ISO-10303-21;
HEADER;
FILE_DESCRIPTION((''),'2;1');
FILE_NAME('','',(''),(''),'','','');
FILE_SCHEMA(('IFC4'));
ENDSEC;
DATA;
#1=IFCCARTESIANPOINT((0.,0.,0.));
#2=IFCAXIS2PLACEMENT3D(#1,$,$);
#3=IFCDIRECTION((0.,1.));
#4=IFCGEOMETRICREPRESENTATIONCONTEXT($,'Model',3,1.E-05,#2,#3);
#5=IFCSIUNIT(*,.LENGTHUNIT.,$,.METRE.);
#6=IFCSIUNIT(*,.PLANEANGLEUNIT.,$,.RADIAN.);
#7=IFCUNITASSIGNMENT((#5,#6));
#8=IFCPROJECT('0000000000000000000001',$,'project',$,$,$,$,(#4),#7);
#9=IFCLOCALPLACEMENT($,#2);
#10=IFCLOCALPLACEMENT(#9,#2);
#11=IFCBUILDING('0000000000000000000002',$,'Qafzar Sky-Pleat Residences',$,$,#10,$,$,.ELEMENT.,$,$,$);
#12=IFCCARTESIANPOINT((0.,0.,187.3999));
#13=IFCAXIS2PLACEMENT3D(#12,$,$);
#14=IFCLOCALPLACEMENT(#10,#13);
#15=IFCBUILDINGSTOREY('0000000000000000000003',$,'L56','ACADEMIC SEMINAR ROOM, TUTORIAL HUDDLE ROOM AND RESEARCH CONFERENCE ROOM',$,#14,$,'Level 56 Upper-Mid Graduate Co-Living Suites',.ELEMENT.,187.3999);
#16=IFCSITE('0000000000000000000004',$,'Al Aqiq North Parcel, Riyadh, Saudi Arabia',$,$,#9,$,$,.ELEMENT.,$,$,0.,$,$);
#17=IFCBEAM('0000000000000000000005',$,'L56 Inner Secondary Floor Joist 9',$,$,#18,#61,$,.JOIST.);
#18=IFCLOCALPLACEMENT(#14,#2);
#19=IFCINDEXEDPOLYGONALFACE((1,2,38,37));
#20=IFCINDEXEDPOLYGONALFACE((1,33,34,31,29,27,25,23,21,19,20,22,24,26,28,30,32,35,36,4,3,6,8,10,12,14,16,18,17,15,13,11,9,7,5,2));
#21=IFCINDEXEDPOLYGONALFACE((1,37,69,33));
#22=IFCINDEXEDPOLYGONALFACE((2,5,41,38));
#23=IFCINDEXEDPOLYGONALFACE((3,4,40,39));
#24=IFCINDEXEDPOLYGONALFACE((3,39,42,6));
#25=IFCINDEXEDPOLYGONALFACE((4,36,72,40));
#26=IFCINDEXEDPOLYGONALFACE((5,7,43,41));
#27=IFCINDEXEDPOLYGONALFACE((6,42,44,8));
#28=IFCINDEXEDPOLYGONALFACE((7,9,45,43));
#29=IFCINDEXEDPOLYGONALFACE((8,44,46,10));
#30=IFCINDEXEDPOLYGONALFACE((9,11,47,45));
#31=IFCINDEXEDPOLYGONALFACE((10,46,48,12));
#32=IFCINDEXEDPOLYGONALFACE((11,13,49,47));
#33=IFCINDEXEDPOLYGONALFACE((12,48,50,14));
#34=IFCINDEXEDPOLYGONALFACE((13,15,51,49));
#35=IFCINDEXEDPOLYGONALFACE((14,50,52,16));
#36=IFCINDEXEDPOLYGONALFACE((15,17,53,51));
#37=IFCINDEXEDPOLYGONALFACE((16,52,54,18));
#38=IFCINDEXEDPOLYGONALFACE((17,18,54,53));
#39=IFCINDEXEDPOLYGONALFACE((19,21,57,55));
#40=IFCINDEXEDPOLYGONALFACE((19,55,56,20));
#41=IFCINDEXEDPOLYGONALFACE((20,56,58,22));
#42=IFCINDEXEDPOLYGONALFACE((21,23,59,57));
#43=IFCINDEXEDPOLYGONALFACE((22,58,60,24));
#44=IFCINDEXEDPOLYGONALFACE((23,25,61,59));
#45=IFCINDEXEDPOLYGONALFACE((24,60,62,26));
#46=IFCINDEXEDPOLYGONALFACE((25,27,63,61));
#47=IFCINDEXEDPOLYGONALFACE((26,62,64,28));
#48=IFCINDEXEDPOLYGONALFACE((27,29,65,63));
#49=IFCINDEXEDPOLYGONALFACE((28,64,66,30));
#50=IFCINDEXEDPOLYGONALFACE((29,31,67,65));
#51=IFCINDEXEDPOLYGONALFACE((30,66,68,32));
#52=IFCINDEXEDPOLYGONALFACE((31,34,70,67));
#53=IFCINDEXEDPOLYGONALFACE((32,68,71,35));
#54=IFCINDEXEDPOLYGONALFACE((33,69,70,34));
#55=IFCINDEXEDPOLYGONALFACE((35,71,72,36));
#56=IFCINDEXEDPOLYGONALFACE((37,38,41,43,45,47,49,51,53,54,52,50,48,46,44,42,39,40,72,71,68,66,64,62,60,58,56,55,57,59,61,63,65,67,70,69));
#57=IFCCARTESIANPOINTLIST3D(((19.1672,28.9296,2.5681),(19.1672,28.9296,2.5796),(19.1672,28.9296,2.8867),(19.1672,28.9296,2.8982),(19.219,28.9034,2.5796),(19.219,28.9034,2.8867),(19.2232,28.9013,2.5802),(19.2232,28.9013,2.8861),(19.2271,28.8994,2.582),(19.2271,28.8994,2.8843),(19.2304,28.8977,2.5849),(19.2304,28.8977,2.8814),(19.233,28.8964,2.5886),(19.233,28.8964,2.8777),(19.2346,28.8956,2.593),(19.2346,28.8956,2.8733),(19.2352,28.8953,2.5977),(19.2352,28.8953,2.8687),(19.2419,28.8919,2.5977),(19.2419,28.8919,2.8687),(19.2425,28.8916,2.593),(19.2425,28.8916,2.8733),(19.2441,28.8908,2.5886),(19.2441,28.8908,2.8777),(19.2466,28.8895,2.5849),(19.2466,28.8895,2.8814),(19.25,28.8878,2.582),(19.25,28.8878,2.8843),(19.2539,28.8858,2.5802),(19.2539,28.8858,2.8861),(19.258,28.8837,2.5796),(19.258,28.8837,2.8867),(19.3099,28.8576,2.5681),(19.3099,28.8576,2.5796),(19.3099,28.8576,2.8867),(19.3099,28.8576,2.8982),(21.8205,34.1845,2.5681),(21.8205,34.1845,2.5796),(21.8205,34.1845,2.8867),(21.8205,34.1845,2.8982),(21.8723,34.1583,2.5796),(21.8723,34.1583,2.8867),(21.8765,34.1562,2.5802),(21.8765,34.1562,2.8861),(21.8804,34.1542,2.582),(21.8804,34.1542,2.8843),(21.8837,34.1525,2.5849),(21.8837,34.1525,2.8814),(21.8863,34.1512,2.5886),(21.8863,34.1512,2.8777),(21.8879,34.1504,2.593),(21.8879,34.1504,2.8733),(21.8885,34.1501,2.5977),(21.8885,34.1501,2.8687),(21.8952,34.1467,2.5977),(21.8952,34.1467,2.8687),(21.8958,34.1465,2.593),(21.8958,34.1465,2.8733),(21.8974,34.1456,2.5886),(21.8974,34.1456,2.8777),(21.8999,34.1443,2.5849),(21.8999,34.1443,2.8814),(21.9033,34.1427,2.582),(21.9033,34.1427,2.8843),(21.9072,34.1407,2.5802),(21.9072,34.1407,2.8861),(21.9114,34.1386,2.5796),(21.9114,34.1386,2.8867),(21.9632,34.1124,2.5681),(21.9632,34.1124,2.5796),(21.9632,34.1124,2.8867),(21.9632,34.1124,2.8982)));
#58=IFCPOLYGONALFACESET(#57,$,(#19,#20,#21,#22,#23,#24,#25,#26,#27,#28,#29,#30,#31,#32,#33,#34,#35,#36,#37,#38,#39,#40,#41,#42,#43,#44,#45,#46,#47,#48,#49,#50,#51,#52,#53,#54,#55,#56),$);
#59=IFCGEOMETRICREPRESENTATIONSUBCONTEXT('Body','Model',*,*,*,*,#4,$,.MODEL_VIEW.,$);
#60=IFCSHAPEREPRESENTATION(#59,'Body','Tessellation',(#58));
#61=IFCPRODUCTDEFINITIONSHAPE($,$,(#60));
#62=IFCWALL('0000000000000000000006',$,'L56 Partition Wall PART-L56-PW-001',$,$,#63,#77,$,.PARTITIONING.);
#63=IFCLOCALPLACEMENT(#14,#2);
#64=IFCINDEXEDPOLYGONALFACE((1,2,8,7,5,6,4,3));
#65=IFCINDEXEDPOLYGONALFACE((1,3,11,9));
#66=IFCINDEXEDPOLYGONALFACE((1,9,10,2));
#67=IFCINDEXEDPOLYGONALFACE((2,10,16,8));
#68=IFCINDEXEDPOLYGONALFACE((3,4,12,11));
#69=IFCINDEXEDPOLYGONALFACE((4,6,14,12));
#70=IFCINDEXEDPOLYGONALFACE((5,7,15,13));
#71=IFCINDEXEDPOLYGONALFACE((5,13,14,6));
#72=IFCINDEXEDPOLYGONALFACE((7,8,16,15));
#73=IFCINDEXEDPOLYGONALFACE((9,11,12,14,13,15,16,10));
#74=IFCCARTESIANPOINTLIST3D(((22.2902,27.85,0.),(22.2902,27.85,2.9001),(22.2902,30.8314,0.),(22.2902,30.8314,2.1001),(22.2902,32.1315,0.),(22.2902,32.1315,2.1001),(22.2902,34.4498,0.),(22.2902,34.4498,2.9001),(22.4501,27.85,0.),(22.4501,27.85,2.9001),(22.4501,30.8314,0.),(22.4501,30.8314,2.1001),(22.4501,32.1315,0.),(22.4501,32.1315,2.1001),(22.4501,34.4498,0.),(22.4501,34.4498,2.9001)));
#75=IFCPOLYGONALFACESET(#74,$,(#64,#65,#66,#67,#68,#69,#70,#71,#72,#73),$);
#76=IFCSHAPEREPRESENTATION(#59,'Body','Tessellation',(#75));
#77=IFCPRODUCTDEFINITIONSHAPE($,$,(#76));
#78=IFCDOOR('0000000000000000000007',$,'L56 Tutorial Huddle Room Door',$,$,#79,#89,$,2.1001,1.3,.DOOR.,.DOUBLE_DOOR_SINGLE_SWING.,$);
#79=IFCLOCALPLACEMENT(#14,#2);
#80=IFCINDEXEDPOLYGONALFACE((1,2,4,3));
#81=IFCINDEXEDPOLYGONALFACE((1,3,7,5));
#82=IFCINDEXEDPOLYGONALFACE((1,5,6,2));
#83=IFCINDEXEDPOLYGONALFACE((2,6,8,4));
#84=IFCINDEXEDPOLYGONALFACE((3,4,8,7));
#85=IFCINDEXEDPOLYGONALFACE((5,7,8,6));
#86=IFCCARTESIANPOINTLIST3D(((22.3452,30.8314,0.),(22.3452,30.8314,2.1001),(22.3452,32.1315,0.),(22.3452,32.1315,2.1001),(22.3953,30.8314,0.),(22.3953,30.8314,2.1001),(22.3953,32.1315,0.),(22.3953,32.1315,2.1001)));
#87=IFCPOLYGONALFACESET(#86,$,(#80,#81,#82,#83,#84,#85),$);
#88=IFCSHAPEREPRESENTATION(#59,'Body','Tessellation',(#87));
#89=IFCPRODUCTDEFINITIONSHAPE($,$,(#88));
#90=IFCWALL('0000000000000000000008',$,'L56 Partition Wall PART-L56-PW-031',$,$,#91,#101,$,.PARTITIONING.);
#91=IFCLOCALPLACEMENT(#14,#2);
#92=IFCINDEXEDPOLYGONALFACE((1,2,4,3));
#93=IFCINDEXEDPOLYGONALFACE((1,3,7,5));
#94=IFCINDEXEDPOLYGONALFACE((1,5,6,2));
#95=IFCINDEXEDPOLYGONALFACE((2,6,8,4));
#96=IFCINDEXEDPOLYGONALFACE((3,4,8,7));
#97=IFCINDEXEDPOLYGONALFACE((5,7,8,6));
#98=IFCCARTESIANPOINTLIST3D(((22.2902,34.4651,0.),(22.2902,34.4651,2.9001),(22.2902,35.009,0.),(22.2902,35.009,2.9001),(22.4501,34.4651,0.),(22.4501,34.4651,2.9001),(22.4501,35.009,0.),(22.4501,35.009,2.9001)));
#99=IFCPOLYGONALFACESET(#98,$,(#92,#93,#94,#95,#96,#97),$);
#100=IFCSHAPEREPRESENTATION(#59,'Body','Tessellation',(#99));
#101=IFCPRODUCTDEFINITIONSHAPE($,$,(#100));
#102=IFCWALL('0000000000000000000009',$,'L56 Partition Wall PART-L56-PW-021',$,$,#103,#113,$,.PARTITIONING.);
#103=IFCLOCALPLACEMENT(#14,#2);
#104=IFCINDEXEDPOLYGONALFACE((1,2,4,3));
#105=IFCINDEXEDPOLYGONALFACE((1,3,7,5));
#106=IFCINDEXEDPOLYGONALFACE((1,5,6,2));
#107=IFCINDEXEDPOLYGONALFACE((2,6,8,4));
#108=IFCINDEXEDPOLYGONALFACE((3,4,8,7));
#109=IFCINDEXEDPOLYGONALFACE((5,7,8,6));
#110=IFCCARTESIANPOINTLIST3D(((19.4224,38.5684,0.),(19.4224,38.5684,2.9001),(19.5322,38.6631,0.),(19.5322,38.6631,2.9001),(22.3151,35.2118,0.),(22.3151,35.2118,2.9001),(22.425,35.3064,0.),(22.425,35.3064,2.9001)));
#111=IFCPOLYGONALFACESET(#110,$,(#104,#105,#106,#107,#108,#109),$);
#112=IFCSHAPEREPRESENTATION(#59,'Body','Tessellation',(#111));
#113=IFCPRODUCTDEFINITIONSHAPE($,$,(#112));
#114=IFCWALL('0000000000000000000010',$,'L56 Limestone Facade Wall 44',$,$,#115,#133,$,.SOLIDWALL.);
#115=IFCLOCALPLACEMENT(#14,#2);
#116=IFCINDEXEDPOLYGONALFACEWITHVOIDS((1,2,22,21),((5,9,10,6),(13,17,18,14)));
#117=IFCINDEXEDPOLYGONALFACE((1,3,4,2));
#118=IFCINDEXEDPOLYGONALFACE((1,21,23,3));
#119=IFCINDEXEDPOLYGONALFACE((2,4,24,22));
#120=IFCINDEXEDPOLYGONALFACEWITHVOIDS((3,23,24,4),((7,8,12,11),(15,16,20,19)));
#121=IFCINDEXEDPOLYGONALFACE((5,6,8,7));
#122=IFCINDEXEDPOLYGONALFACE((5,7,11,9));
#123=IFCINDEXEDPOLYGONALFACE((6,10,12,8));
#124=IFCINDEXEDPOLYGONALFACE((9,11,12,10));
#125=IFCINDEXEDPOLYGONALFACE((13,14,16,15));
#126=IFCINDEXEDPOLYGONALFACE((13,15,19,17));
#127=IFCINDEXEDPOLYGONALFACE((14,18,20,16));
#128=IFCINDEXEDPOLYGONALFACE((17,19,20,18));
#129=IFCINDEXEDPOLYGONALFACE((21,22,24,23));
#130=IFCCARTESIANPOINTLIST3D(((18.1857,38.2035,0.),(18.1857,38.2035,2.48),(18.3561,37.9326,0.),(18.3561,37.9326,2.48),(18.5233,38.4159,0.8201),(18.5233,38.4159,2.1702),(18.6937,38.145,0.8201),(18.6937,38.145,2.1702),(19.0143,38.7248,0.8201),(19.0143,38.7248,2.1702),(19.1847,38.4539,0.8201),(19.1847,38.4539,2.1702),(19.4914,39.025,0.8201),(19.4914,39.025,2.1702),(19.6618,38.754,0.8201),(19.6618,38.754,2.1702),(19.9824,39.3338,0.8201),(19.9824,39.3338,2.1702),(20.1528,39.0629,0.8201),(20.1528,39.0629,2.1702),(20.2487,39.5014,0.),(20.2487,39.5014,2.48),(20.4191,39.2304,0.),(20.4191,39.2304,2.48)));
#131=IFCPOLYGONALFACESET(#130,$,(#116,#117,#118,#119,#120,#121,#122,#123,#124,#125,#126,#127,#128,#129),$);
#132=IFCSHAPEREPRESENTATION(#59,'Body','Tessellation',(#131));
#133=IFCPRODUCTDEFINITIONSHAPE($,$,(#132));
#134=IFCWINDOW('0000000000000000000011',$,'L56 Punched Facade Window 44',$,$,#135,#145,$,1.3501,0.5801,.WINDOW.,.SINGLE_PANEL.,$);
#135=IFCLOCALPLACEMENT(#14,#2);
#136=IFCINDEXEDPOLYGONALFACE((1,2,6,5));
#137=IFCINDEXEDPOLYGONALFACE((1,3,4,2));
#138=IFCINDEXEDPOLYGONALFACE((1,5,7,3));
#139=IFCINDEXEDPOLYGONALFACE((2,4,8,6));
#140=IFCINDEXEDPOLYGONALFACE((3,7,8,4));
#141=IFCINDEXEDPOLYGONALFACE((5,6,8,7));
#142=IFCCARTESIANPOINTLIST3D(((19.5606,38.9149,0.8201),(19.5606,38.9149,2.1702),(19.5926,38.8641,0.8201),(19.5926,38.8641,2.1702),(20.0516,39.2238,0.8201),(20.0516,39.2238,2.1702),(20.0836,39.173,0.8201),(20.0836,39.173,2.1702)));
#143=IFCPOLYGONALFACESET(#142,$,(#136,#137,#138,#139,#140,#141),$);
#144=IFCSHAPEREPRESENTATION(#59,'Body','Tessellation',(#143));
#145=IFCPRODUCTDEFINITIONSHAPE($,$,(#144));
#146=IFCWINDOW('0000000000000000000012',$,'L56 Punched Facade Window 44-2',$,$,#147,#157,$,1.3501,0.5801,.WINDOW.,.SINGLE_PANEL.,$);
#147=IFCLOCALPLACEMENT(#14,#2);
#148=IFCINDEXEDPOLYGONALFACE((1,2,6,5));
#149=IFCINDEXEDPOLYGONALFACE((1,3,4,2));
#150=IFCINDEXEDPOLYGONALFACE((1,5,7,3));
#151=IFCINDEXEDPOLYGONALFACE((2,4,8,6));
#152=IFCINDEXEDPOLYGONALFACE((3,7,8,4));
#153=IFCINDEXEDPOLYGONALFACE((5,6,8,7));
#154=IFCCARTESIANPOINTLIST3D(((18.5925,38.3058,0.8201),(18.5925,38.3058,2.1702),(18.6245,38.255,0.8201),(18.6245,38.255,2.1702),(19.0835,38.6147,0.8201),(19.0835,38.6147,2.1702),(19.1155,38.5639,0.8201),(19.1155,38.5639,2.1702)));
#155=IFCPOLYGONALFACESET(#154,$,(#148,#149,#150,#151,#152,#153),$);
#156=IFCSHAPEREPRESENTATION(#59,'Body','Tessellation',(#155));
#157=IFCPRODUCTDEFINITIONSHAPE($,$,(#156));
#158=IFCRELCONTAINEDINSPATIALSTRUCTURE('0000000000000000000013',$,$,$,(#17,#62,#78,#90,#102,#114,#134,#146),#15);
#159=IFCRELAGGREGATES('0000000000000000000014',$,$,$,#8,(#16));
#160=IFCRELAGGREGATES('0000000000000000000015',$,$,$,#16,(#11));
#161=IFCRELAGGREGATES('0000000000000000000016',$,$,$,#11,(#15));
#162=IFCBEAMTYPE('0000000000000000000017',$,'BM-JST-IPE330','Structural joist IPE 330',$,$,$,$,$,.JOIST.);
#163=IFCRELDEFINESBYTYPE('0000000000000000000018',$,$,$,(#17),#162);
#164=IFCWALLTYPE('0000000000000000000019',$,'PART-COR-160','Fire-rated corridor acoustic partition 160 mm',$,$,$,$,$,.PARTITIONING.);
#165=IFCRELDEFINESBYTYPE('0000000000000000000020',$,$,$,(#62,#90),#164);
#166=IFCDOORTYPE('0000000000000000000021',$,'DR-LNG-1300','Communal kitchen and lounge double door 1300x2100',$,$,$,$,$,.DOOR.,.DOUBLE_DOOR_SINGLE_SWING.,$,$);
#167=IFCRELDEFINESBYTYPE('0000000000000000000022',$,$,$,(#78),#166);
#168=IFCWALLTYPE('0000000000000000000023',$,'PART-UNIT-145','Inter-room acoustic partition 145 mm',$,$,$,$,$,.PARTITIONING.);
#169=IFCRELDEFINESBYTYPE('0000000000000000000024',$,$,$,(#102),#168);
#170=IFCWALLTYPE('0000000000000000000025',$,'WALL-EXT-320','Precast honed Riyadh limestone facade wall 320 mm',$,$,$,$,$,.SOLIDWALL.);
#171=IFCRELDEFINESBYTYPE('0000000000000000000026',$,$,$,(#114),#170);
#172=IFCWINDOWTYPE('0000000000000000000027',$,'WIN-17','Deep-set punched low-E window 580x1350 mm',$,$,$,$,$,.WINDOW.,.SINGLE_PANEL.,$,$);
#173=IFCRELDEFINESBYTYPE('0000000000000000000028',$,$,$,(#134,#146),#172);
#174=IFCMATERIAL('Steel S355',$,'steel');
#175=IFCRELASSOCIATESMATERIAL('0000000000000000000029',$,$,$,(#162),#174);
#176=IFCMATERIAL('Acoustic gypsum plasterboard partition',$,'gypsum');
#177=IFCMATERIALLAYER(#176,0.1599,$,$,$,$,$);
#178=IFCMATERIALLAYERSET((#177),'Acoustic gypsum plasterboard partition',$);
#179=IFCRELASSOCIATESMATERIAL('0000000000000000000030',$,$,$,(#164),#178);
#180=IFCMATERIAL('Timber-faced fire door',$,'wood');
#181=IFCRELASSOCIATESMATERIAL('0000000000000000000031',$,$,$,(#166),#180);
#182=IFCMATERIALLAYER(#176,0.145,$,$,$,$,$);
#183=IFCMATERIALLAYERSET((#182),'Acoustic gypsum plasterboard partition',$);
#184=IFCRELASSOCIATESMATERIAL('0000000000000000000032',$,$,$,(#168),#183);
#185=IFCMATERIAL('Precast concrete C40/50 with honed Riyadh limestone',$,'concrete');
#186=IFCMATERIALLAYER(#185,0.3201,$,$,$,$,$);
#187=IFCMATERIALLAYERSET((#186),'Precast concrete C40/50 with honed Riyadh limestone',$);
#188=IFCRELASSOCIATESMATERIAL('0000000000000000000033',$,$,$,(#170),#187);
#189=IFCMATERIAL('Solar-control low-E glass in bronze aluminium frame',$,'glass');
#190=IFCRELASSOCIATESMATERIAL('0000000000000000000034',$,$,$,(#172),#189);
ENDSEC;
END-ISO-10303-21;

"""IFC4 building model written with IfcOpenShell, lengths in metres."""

from ifc_helpers import new_model, si_unit, direction, frame, frame_2d, origin, origin_2d, place, context, subcontext, project, spatial, rectangle, i_section, extrude, source, transform, mapped, material, layer, layer_set, material_profile, profile_set, type_object, element, fill, save


model = new_model("IFC4")

# Units and contexts
model_context = context("Model", 3, precision=1e-05, world=origin(), true_north=direction((0.0, 1.0)))
body_context = subcontext(model_context, "Body", "Model", "MODEL_VIEW")
ifc_project = project(units=[si_unit("LENGTHUNIT", "METRE"), si_unit("PLANEANGLEUNIT", "RADIAN")], contexts=[model_context])

# Site, building, storey
site_placement = place(None, origin())
site = spatial("IfcSite", under=ifc_project, at=site_placement, Name="Al Aqiq North Parcel, Riyadh, Saudi Arabia", CompositionType="ELEMENT", RefElevation=0.0)
building_placement = place(site_placement, origin())
building = spatial("IfcBuilding", under=site, at=building_placement, Name="Qafzar Sky-Pleat Residences", CompositionType="ELEMENT")
storey_placement = place(building_placement, frame((0.0, 0.0, 187.3999)))
storey = spatial("IfcBuildingStorey", under=building, at=storey_placement, Name="L56", Description="ACADEMIC SEMINAR ROOM, TUTORIAL HUDDLE ROOM AND RESEARCH CONFERENCE ROOM", LongName="Level 56 Upper-Mid Graduate Co-Living Suites", CompositionType="ELEMENT", Elevation=187.3999)

# Beam
ifc_material_1 = material(Name="Steel S355", Category="steel")
ifc_material_profile_1 = material_profile(ifc_material_1, i_section(OverallWidth=0.1599, OverallDepth=0.3301, WebThickness=0.0076, FlangeThickness=0.0115, FilletRadius=0.0181, at=origin_2d()), Name="IPE 330")
ifc_profile_set_1 = profile_set([ifc_material_profile_1], Name="Steel S355")
beam_type_1 = type_object("IfcBeamType", Name="BM-JST-IPE330", Description="Structural joist IPE 330", PredefinedType="JOIST", material=ifc_profile_set_1)
shared_shape_1 = source(origin(), body_context, "Body", "SweptSolid", [
    extrude(i_section(OverallWidth=0.1599, OverallDepth=0.3301, WebThickness=0.0076, FlangeThickness=0.0115, FilletRadius=0.0181, at=origin_2d()), origin(), (0.0, 0.0, 1.0), 5.8867),
])
beam_1_placement = place(storey_placement, frame((21.8918, 34.1484, 2.7332), z_axis=(-0.450727, -0.892662, 0.0), x_axis=(0.892662, -0.450727, 0.0)))
element("IfcBeam", 1, at=beam_1_placement, inside=storey, type_object=beam_type_1, Name="L56 Inner Secondary Floor Joist 9", PredefinedType="JOIST", context=body_context, shape_type="MappedRepresentation", body=[
    mapped(shared_shape_1, transform((0.0, 0.0, 0.0), x_axis=(1.0, 0.0, 0.0), y_axis=(0.0, 1.0, 0.0), z_axis=(0.0, 0.0, 1.0), scale=1.0)),
])

# Wall, opening, door
ifc_material_2 = material(Name="Acoustic gypsum plasterboard partition", Category="gypsum")
ifc_layer_1 = layer(ifc_material_2, 0.1599)
ifc_layer_set_1 = layer_set([ifc_layer_1], Name="Acoustic gypsum plasterboard partition")
wall_type_1 = type_object("IfcWallType", Name="PART-COR-160", Description="Fire-rated corridor acoustic partition 160 mm", PredefinedType="PARTITIONING", material=ifc_layer_set_1)
wall_1_placement = place(storey_placement, frame((22.3701, 27.8501, 0.0), z_axis=(0.0, 0.0, 1.0), x_axis=(0.0, 1.0, 0.0)))
wall_1 = element("IfcWall", 2, at=wall_1_placement, inside=storey, type_object=wall_type_1, Name="L56 Partition Wall PART-L56-PW-001", PredefinedType="PARTITIONING", context=body_context, shape_type="SweptSolid", body=[
    extrude(rectangle(XDim=6.5999, YDim=0.1599, at=frame_2d((3.2998, 0.0))), origin(), (0.0, 0.0, 1.0), 2.9001),
])
opening_1_placement = place(wall_1_placement, frame((2.9814, 0.0, 0.0)))
opening_1 = element("IfcOpeningElement", 3, at=opening_1_placement, cuts=wall_1, PredefinedType="OPENING", context=body_context, shape_type="SweptSolid", body=[
    extrude(rectangle(XDim=1.3, YDim=2.1001, at=frame_2d((0.6499, 1.05))), frame((0.0, 0.0898, 0.0), z_axis=(0.0, -1.0, 0.0), x_axis=(1.0, 0.0, 0.0)), (0.0, 0.0, 1.0), 0.1799),
])
ifc_material_3 = material(Name="Timber-faced fire door", Category="wood")
door_type = type_object("IfcDoorType", Name="DR-LNG-1300", Description="Communal kitchen and lounge double door 1300x2100", OperationType="DOUBLE_DOOR_SINGLE_SWING", PredefinedType="DOOR", material=ifc_material_3)
shared_shape_2 = source(origin(), body_context, "Body", "SweptSolid", [
    extrude(rectangle(XDim=1.3, YDim=2.1001, at=frame_2d((0.6499, 1.05))), frame((0.0, 0.0249, 0.0), z_axis=(0.0, -1.0, 0.0), x_axis=(1.0, 0.0, 0.0)), (0.0, 0.0, 1.0), 0.05),
])
door_placement = place(opening_1_placement, origin())
door = element("IfcDoor", 4, at=door_placement, inside=storey, type_object=door_type, Name="L56 Tutorial Huddle Room Door", OperationType="DOUBLE_DOOR_SINGLE_SWING", OverallHeight=2.1001, OverallWidth=1.3, PredefinedType="DOOR", context=body_context, shape_type="MappedRepresentation", body=[
    mapped(shared_shape_2, transform((0.0, 0.0, 0.0), x_axis=(1.0, 0.0, 0.0), y_axis=(0.0, 1.0, 0.0), z_axis=(0.0, 0.0, 1.0), scale=1.0)),
])
fill(opening_1, door)

# Walls
wall_2_placement = place(storey_placement, frame((22.3701, 34.4651, 0.0), z_axis=(0.0, 0.0, 1.0), x_axis=(0.0, 1.0, 0.0)))
element("IfcWall", 5, at=wall_2_placement, inside=storey, type_object=wall_type_1, Name="L56 Partition Wall PART-L56-PW-031", PredefinedType="PARTITIONING", context=body_context, shape_type="SweptSolid", body=[
    extrude(rectangle(XDim=0.5439, YDim=0.1599, at=frame_2d((0.272, 0.0))), origin(), (0.0, 0.0, 1.0), 2.9001),
])
ifc_layer_2 = layer(ifc_material_2, 0.145)
ifc_layer_set_2 = layer_set([ifc_layer_2], Name="Acoustic gypsum plasterboard partition")
wall_type_2 = type_object("IfcWallType", Name="PART-UNIT-145", Description="Inter-room acoustic partition 145 mm", PredefinedType="PARTITIONING", material=ifc_layer_set_2)
wall_3_placement = place(storey_placement, frame((19.4773, 38.6157, 0.0), z_axis=(0.0, 0.0, 1.0), x_axis=(0.652826, -0.757508, 0.0)))
element("IfcWall", 6, at=wall_3_placement, inside=storey, type_object=wall_type_2, Name="L56 Partition Wall PART-L56-PW-021", PredefinedType="PARTITIONING", context=body_context, shape_type="SweptSolid", body=[
    extrude(rectangle(XDim=4.4312, YDim=0.145, at=frame_2d((2.2156, 0.0))), origin(), (0.0, 0.0, 1.0), 2.9001),
])

# Wall, openings, windows
ifc_material_4 = material(Name="Precast concrete C40/50 with honed Riyadh limestone", Category="concrete")
ifc_layer_3 = layer(ifc_material_4, 0.3201)
ifc_layer_set_3 = layer_set([ifc_layer_3], Name="Precast concrete C40/50 with honed Riyadh limestone")
wall_type_3 = type_object("IfcWallType", Name="WALL-EXT-320", Description="Precast honed Riyadh limestone facade wall 320 mm", PredefinedType="SOLIDWALL", material=ifc_layer_set_3)
wall_4_placement = place(storey_placement, frame((20.334, 39.366, 0.0), z_axis=(0.0, 0.0, 1.0), x_axis=(-0.84643, -0.5325, 0.0)))
wall_4 = element("IfcWall", 7, at=wall_4_placement, inside=storey, type_object=wall_type_3, Name="L56 Limestone Facade Wall 44", PredefinedType="SOLIDWALL", context=body_context, shape_type="SweptSolid", body=[
    extrude(rectangle(XDim=2.4373, YDim=0.3201, at=frame_2d((1.2188, 0.0))), origin(), (0.0, 0.0, 1.0), 2.48),
])
opening_2_placement = place(wall_4_placement, frame((0.3147, 0.0, 0.8201)))
opening_2 = element("IfcOpeningElement", 8, at=opening_2_placement, cuts=wall_4, PredefinedType="OPENING", context=body_context, shape_type="SweptSolid", body=[
    extrude(rectangle(XDim=0.5801, YDim=1.3501, at=frame_2d((0.29, 0.675))), frame((0.0, 0.1699, 0.0), z_axis=(0.0, -1.0, 0.0), x_axis=(1.0, 0.0, 0.0)), (0.0, 0.0, 1.0), 0.3401),
])
opening_3_placement = place(wall_4_placement, frame((1.4585, 0.0, 0.8201)))
opening_3 = element("IfcOpeningElement", 9, at=opening_3_placement, cuts=wall_4, PredefinedType="OPENING", context=body_context, shape_type="SweptSolid", body=[
    extrude(rectangle(XDim=0.5801, YDim=1.3501, at=frame_2d((0.29, 0.675))), frame((0.0, 0.1699, 0.0), z_axis=(0.0, -1.0, 0.0), x_axis=(1.0, 0.0, 0.0)), (0.0, 0.0, 1.0), 0.3401),
])
ifc_material_5 = material(Name="Solar-control low-E glass in bronze aluminium frame", Category="glass")
window_type_1 = type_object("IfcWindowType", Name="WIN-17", Description="Deep-set punched low-E window 580x1350 mm", PartitioningType="SINGLE_PANEL", PredefinedType="WINDOW", material=ifc_material_5)
shared_shape_3 = source(origin(), body_context, "Body", "SweptSolid", [
    extrude(rectangle(XDim=0.5801, YDim=1.3501, at=frame_2d((0.29, 0.675))), frame((0.0, 0.03, 0.0), z_axis=(0.0, -1.0, 0.0), x_axis=(1.0, 0.0, 0.0)), (0.0, 0.0, 1.0), 0.0601),
])
window_1_placement = place(opening_2_placement, origin())
window_1 = element("IfcWindow", 10, at=window_1_placement, inside=storey, type_object=window_type_1, Name="L56 Punched Facade Window 44", OverallHeight=1.3501, OverallWidth=0.5801, PartitioningType="SINGLE_PANEL", PredefinedType="WINDOW", context=body_context, shape_type="MappedRepresentation", body=[
    mapped(shared_shape_3, transform((0.0, 0.0, 0.0), x_axis=(1.0, 0.0, 0.0), y_axis=(0.0, 1.0, 0.0), z_axis=(0.0, 0.0, 1.0), scale=1.0)),
])
fill(opening_2, window_1)
window_2_placement = place(opening_3_placement, origin())
window_2 = element("IfcWindow", 11, at=window_2_placement, inside=storey, type_object=window_type_1, Name="L56 Punched Facade Window 44-2", OverallHeight=1.3501, OverallWidth=0.5801, PartitioningType="SINGLE_PANEL", PredefinedType="WINDOW", context=body_context, shape_type="MappedRepresentation", body=[
    mapped(shared_shape_3, transform((0.0, 0.0, 0.0), x_axis=(1.0, 0.0, 0.0), y_axis=(0.0, 1.0, 0.0), z_axis=(0.0, 0.0, 1.0), scale=1.0)),
])
fill(opening_3, window_2)

save(model, "model.ifc")
